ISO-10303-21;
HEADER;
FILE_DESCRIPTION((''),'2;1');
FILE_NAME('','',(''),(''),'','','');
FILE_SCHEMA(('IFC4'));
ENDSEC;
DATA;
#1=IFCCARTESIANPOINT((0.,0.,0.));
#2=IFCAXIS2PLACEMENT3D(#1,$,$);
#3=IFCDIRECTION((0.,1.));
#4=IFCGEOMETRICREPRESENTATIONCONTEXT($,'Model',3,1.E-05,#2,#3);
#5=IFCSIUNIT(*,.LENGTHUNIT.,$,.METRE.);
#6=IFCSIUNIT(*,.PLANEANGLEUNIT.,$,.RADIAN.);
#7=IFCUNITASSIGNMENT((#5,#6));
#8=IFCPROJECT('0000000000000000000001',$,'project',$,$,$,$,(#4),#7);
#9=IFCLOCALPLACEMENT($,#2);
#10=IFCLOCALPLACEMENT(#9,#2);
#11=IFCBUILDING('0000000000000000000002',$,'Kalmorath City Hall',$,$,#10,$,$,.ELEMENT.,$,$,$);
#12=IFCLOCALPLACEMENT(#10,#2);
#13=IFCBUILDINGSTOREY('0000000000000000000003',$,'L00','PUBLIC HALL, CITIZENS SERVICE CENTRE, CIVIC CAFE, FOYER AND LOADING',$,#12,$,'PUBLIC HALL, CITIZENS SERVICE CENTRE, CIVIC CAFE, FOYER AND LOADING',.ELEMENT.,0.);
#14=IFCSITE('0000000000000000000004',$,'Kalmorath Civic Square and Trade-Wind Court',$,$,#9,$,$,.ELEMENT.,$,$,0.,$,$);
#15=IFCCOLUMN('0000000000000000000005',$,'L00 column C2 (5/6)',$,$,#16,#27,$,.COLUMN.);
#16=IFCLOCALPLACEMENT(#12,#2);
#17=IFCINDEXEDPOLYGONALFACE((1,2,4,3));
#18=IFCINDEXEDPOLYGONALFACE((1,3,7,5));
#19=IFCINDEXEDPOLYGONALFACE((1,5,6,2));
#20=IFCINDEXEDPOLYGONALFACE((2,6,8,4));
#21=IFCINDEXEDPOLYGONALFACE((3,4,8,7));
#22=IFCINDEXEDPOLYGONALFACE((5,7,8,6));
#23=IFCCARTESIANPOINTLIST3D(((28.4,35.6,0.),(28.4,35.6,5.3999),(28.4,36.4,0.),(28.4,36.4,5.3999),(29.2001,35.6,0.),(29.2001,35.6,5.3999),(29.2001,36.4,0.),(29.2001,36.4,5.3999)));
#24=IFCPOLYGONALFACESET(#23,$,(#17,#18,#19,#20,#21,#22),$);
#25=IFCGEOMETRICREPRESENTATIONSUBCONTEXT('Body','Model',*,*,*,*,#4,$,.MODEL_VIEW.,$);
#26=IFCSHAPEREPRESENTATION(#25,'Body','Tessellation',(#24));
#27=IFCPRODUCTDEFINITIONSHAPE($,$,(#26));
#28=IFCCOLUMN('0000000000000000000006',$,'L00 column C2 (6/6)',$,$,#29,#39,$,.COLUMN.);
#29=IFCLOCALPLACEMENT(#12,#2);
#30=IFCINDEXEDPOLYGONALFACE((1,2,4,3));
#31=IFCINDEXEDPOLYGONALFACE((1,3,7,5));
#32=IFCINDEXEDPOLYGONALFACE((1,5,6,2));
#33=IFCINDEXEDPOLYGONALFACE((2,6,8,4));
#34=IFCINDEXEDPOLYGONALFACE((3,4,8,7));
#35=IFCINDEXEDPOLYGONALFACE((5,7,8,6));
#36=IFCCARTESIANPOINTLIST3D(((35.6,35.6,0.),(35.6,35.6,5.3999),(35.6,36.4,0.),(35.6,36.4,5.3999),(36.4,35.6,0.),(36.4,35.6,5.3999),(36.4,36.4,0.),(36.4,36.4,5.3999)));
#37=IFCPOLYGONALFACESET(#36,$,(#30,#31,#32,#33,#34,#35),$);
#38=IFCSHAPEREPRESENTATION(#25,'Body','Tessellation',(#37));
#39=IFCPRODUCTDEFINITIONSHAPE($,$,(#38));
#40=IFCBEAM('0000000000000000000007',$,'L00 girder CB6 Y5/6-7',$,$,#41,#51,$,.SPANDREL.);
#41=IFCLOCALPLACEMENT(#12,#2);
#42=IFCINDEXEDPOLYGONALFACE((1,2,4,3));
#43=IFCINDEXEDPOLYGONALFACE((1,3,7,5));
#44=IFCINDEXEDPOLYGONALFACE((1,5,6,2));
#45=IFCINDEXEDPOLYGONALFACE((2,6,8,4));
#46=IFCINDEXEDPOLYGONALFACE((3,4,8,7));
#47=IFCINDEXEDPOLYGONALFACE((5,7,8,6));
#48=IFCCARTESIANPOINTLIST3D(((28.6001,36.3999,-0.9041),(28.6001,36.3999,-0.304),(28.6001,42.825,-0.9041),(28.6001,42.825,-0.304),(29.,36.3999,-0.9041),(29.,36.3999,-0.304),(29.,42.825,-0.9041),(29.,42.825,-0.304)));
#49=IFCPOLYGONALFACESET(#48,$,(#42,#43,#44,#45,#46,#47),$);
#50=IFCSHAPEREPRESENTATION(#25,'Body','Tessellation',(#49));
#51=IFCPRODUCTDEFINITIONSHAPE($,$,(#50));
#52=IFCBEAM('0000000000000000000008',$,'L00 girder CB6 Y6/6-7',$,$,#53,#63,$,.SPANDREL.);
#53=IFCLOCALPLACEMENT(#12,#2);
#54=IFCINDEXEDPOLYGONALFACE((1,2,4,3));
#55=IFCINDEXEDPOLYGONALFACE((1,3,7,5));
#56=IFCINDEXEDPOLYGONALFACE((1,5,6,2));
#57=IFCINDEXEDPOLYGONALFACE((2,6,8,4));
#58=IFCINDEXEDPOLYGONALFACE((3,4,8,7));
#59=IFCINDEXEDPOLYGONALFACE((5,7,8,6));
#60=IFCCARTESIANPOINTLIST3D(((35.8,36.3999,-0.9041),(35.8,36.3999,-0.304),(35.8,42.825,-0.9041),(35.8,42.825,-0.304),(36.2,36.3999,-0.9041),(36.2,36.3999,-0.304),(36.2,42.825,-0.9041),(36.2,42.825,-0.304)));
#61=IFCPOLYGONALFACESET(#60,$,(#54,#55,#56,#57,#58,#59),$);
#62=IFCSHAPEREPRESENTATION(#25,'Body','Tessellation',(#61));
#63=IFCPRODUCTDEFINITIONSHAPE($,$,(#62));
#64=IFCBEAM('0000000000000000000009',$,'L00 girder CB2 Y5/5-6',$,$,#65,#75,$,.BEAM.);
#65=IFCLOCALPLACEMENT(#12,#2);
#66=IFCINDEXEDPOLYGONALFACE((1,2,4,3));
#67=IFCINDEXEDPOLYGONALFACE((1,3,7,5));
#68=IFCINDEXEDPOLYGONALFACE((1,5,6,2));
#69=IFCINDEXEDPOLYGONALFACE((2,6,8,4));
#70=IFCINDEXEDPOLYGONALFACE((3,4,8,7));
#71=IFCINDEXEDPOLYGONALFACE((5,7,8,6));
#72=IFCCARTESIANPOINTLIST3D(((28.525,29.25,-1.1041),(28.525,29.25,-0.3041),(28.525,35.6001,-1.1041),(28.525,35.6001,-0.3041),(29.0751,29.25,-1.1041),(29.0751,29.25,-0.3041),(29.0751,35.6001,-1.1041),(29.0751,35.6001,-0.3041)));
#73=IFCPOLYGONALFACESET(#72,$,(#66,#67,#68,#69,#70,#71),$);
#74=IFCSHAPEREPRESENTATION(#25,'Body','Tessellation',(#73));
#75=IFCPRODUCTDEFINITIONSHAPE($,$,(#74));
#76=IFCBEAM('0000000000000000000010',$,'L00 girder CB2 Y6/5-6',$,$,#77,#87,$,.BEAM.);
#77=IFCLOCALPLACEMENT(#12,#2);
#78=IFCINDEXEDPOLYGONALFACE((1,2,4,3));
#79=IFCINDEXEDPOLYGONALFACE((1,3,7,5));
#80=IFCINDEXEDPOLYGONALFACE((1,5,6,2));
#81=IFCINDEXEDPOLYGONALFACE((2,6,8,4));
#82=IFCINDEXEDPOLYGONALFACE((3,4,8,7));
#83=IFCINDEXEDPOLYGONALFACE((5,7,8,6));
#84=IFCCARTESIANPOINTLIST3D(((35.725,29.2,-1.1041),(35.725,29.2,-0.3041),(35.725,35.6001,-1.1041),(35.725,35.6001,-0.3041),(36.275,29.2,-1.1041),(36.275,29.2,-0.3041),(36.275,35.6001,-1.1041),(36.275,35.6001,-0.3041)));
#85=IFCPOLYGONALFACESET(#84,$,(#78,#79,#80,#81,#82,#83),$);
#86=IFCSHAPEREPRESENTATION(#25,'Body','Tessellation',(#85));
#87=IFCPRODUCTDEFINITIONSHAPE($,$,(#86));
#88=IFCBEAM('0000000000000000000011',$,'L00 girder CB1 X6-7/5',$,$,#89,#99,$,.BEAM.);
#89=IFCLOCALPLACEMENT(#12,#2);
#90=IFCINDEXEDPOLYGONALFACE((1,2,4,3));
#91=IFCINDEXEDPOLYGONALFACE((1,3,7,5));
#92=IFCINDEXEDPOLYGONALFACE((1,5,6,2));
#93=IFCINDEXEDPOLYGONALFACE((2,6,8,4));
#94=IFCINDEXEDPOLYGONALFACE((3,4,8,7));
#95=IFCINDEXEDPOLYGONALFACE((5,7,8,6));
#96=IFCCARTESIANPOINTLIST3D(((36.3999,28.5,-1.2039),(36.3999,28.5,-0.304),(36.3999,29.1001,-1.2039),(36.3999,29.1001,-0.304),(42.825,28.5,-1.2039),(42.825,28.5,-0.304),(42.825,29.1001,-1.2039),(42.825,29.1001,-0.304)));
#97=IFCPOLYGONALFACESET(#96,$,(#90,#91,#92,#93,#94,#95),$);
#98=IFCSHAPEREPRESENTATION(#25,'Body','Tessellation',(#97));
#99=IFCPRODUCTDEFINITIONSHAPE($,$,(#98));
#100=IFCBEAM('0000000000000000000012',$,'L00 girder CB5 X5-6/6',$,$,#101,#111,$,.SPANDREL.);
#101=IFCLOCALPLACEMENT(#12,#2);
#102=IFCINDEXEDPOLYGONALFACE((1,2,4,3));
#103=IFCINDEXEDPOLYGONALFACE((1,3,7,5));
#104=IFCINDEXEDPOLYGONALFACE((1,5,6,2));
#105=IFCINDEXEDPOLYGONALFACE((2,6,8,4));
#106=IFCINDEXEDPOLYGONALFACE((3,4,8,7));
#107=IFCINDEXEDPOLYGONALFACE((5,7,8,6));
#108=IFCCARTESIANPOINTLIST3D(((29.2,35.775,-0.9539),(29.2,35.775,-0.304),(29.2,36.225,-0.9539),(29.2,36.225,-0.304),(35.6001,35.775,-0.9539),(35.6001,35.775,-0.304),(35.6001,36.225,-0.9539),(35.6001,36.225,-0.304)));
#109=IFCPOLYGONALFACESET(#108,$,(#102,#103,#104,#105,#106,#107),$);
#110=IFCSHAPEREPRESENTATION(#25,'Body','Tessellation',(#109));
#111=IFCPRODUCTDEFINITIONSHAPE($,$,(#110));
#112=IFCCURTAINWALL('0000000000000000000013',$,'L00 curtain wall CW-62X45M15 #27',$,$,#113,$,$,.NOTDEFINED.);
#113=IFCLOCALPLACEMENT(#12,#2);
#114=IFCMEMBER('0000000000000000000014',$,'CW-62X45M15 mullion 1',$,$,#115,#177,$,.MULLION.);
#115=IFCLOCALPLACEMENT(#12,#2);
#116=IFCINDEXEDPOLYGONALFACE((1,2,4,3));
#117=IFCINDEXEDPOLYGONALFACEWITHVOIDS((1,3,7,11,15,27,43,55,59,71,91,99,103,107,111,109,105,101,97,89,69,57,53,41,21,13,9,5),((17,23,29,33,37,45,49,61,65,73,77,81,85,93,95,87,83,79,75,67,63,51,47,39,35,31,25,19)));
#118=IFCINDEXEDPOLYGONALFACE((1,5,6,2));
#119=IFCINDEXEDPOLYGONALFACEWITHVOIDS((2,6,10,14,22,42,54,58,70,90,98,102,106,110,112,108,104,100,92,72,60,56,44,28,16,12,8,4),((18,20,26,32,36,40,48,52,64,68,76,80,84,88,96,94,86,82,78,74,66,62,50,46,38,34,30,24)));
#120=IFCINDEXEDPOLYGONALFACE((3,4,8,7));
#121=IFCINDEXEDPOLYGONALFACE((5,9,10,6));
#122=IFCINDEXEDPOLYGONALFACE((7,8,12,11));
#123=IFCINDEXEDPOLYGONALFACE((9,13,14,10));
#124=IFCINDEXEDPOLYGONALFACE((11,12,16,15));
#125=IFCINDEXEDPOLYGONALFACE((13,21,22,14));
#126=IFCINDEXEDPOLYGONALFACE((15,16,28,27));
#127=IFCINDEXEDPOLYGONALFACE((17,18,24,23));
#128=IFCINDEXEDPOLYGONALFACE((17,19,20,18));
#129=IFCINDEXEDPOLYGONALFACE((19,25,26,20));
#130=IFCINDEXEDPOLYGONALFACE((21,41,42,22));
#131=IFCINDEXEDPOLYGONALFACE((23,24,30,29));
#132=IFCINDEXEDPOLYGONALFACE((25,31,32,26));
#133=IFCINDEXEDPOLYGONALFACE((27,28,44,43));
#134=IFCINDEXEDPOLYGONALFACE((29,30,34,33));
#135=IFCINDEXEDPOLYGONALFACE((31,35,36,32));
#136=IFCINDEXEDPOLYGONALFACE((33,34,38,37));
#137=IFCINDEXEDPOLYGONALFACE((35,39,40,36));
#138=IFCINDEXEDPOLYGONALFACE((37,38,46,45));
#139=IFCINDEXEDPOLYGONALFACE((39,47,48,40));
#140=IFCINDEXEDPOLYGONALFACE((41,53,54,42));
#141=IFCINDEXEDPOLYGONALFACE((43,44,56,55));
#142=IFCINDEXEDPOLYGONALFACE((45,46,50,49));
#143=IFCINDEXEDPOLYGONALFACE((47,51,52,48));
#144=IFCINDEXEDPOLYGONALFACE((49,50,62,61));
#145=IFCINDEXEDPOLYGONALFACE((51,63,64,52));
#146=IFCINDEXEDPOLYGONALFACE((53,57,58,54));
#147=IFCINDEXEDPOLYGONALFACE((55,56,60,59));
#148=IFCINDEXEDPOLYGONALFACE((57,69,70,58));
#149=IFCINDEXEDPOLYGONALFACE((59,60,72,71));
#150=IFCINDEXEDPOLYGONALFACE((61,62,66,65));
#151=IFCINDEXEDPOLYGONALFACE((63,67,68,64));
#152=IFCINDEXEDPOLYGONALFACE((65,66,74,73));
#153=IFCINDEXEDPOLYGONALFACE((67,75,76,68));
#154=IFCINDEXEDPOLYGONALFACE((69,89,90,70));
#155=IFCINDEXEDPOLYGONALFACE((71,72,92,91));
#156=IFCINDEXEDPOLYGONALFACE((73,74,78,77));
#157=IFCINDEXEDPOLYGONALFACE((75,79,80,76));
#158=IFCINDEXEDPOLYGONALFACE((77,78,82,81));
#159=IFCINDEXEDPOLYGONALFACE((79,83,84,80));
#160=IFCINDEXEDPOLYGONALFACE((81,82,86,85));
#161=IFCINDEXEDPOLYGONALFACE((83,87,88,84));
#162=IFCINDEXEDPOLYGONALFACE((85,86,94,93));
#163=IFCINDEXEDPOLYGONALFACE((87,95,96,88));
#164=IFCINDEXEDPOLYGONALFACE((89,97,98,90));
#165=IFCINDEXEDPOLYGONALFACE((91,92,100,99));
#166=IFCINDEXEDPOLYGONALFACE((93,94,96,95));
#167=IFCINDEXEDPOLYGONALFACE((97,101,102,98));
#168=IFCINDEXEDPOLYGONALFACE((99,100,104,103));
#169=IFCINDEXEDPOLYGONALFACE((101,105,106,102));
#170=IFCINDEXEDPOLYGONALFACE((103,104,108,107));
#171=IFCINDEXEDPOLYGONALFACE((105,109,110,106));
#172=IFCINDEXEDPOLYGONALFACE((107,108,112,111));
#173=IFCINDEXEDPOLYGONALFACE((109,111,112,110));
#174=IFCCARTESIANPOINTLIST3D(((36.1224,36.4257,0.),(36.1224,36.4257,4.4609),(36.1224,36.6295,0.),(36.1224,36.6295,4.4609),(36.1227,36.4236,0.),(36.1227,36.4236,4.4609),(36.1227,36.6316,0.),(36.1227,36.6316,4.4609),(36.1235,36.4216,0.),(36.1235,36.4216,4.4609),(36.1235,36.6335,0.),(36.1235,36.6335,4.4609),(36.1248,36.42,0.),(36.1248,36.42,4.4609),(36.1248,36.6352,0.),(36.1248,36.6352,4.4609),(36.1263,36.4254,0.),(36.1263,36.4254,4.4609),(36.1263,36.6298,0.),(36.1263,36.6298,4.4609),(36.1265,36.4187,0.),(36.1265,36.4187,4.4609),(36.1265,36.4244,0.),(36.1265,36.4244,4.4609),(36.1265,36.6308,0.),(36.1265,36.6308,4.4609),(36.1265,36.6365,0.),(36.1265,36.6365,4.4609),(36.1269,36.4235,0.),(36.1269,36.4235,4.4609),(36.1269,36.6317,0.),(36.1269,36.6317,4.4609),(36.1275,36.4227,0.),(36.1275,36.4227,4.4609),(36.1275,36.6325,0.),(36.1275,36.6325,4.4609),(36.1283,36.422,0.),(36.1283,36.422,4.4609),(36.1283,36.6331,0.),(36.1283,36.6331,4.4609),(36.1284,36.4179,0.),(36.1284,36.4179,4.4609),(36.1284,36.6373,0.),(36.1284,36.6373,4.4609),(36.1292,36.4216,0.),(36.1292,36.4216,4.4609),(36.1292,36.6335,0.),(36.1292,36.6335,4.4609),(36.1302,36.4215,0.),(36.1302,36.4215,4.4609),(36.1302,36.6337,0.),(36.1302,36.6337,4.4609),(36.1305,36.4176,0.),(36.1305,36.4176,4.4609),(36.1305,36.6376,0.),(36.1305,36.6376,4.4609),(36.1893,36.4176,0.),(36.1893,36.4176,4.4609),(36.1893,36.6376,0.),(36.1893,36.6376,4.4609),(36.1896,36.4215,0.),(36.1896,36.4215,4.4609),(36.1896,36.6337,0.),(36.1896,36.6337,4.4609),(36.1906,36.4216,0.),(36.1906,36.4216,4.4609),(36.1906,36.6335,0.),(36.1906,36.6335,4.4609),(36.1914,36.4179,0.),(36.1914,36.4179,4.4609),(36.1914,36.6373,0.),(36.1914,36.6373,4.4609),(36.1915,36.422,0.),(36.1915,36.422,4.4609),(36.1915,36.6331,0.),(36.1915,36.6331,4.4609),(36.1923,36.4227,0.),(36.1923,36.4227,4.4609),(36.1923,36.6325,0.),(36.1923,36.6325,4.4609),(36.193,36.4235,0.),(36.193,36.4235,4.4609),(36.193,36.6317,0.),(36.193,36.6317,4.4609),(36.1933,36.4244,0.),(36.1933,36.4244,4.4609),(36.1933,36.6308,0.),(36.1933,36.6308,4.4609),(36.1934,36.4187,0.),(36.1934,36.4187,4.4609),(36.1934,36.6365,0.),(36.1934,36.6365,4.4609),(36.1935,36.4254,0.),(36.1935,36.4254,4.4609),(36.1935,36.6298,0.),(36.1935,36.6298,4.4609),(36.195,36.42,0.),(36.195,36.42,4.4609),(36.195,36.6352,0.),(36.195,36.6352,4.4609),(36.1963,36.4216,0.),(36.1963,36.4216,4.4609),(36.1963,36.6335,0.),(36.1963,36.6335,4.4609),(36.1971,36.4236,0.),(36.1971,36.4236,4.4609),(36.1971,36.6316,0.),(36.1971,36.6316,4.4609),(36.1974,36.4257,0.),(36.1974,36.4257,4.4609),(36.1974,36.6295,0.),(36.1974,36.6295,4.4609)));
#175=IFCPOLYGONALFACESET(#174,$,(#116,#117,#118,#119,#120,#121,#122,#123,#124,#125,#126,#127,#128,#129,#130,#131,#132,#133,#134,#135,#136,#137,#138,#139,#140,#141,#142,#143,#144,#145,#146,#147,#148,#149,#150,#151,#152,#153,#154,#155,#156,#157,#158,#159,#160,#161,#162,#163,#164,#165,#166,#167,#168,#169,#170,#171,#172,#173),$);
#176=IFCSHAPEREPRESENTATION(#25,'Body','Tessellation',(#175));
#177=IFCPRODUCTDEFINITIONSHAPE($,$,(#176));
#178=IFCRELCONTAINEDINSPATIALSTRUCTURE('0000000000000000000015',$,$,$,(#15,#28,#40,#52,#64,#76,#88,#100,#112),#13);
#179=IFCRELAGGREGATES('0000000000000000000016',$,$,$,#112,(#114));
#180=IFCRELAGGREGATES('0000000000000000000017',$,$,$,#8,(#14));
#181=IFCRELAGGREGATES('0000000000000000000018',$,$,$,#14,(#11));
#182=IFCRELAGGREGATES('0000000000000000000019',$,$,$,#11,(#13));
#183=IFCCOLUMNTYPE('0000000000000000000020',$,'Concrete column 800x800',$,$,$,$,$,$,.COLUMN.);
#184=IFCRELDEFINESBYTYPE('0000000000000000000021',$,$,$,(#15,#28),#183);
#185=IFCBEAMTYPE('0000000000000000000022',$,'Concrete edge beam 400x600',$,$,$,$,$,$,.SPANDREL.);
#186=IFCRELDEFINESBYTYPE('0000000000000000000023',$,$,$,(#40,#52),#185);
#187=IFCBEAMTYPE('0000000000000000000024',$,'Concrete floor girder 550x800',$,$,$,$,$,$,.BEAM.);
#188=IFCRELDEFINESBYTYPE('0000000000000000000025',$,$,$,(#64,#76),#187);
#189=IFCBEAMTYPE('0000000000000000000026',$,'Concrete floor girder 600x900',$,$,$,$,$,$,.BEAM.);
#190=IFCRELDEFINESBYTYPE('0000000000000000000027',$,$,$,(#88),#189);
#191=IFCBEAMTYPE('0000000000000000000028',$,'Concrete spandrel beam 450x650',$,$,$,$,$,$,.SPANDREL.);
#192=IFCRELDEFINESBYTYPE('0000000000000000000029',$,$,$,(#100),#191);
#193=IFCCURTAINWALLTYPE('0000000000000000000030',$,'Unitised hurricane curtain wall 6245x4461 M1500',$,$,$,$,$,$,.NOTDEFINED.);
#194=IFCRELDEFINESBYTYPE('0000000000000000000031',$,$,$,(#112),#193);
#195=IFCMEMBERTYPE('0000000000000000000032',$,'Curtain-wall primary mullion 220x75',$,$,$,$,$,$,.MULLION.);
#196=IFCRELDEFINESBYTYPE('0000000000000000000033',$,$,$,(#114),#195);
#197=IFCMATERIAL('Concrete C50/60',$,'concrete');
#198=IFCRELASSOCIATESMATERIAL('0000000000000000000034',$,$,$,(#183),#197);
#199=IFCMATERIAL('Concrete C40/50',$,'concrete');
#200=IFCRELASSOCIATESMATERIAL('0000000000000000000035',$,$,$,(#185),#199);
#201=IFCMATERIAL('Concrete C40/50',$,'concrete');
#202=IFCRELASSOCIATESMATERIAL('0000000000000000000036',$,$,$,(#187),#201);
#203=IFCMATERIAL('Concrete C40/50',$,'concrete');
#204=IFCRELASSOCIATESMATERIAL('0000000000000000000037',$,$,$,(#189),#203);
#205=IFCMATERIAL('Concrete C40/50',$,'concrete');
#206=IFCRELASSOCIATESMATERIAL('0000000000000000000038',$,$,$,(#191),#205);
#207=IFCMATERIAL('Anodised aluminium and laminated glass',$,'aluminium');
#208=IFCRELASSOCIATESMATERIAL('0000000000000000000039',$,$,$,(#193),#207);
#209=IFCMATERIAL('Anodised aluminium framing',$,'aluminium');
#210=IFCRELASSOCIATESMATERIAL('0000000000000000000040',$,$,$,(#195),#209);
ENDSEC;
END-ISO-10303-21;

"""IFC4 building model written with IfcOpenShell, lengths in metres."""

from ifc_helpers import new_model, si_unit, direction, frame, origin, origin_2d, place, context, subcontext, project, spatial, rectangle, hollow_rectangle, extrude, material, material_profile, profile_set, type_object, element, aggregate, save


model = new_model("IFC4")

# Units and contexts
model_context = context("Model", 3, precision=1e-05, world=origin(), true_north=direction((0.0, 1.0)))
body_context = subcontext(model_context, "Body", "Model", "MODEL_VIEW")
ifc_project = project(units=[si_unit("LENGTHUNIT", "METRE"), si_unit("PLANEANGLEUNIT", "RADIAN")], contexts=[model_context])

# Site, building, storey
site_placement = place(None, origin())
site = spatial("IfcSite", under=ifc_project, at=site_placement, Name="Kalmorath Civic Square and Trade-Wind Court", CompositionType="ELEMENT", RefElevation=0.0)
building_placement = place(site_placement, origin())
building = spatial("IfcBuilding", under=site, at=building_placement, Name="Kalmorath City Hall", CompositionType="ELEMENT")
storey_placement = place(building_placement, origin())
storey = spatial("IfcBuildingStorey", under=building, at=storey_placement, Name="L00", Description="PUBLIC HALL, CITIZENS SERVICE CENTRE, CIVIC CAFE, FOYER AND LOADING", LongName="PUBLIC HALL, CITIZENS SERVICE CENTRE, CIVIC CAFE, FOYER AND LOADING", CompositionType="ELEMENT", Elevation=0.0)

# Columns
ifc_material_1 = material(Name="Concrete C50/60", Category="concrete")
ifc_material_profile_1 = material_profile(ifc_material_1, rectangle(XDim=0.8, YDim=0.8, at=origin_2d()), Name="RC-COL-800X800")
ifc_profile_set_1 = profile_set([ifc_material_profile_1], Name="Concrete C50/60")
column_type = type_object("IfcColumnType", Name="Concrete column 800x800", PredefinedType="COLUMN", material=ifc_profile_set_1)
for number, where, z_axis, x_axis, name in (
    (1, (28.8, 36.0, 0.0), (0.0, 0.0, 1.0), (1.0, 0.0, 0.0), "L00 column C2 (5/6)"),
    (2, (36.0, 36.0, 0.0), (0.0, 0.0, 1.0), (1.0, 0.0, 0.0), "L00 column C2 (6/6)"),
):
    element("IfcColumn", number, at=place(storey_placement, frame(where, z_axis=z_axis, x_axis=x_axis)), inside=storey, type_object=column_type, Name=name, PredefinedType="COLUMN", context=body_context, shape_type="SweptSolid", body=[
        extrude(rectangle(XDim=0.8, YDim=0.8, at=origin_2d()), origin(), (0.0, 0.0, 1.0), 5.3999),
    ])

# Beams
ifc_material_2 = material(Name="Concrete C40/50", Category="concrete")
ifc_material_profile_2 = material_profile(ifc_material_2, rectangle(XDim=0.3999, YDim=0.6001, at=origin_2d()), Name="RC-BM-400X600")
ifc_profile_set_2 = profile_set([ifc_material_profile_2], Name="Concrete C40/50")
beam_type_1 = type_object("IfcBeamType", Name="Concrete edge beam 400x600", PredefinedType="SPANDREL", material=ifc_profile_set_2)
for number, where, z_axis, x_axis, name in (
    (3, (28.8, 36.3999, -0.604), (0.0, 1.0, 0.0), (-1.0, 0.0, 0.0), "L00 girder CB6 Y5/6-7"),
    (4, (36.0, 36.3999, -0.604), (0.0, 1.0, 0.0), (-1.0, 0.0, 0.0), "L00 girder CB6 Y6/6-7"),
):
    element("IfcBeam", number, at=place(storey_placement, frame(where, z_axis=z_axis, x_axis=x_axis)), inside=storey, type_object=beam_type_1, Name=name, PredefinedType="SPANDREL", context=body_context, shape_type="SweptSolid", body=[
        extrude(rectangle(XDim=0.3999, YDim=0.6001, at=origin_2d()), origin(), (0.0, 0.0, 1.0), 6.425),
    ])
ifc_material_3 = material(Name="Concrete C40/50", Category="concrete")
ifc_material_profile_3 = material_profile(ifc_material_3, rectangle(XDim=0.55, YDim=0.8, at=origin_2d()), Name="RC-BM-550X800")
ifc_profile_set_3 = profile_set([ifc_material_profile_3], Name="Concrete C40/50")
beam_type_2 = type_object("IfcBeamType", Name="Concrete floor girder 550x800", PredefinedType="BEAM", material=ifc_profile_set_3)
beam_1_placement = place(storey_placement, frame((28.8, 29.25, -0.7041), z_axis=(0.0, 1.0, 0.0), x_axis=(-1.0, 0.0, 0.0)))
element("IfcBeam", 5, at=beam_1_placement, inside=storey, type_object=beam_type_2, Name="L00 girder CB2 Y5/5-6", PredefinedType="BEAM", context=body_context, shape_type="SweptSolid", body=[
    extrude(rectangle(XDim=0.55, YDim=0.8, at=origin_2d()), origin(), (0.0, 0.0, 1.0), 6.3501),
])
beam_2_placement = place(storey_placement, frame((36.0, 29.2, -0.7041), z_axis=(0.0, 1.0, 0.0), x_axis=(-1.0, 0.0, 0.0)))
element("IfcBeam", 6, at=beam_2_placement, inside=storey, type_object=beam_type_2, Name="L00 girder CB2 Y6/5-6", PredefinedType="BEAM", context=body_context, shape_type="SweptSolid", body=[
    extrude(rectangle(XDim=0.55, YDim=0.8, at=origin_2d()), origin(), (0.0, 0.0, 1.0), 6.4001),
])
ifc_material_4 = material(Name="Concrete C40/50", Category="concrete")
ifc_material_profile_4 = material_profile(ifc_material_4, rectangle(XDim=0.6001, YDim=0.8999, at=origin_2d()), Name="RC-BM-600X900")
ifc_profile_set_4 = profile_set([ifc_material_profile_4], Name="Concrete C40/50")
beam_type_3 = type_object("IfcBeamType", Name="Concrete floor girder 600x900", PredefinedType="BEAM", material=ifc_profile_set_4)
beam_3_placement = place(storey_placement, frame((36.3999, 28.8, -0.7539), z_axis=(1.0, 0.0, 0.0), x_axis=(0.0, 1.0, 0.0)))
element("IfcBeam", 7, at=beam_3_placement, inside=storey, type_object=beam_type_3, Name="L00 girder CB1 X6-7/5", PredefinedType="BEAM", context=body_context, shape_type="SweptSolid", body=[
    extrude(rectangle(XDim=0.6001, YDim=0.8999, at=origin_2d()), origin(), (0.0, 0.0, 1.0), 6.425),
])
ifc_material_5 = material(Name="Concrete C40/50", Category="concrete")
ifc_material_profile_5 = material_profile(ifc_material_5, rectangle(XDim=0.45, YDim=0.6499, at=origin_2d()), Name="RC-BM-450X650")
ifc_profile_set_5 = profile_set([ifc_material_profile_5], Name="Concrete C40/50")
beam_type_4 = type_object("IfcBeamType", Name="Concrete spandrel beam 450x650", PredefinedType="SPANDREL", material=ifc_profile_set_5)
beam_4_placement = place(storey_placement, frame((29.2, 36.0, -0.6289), z_axis=(1.0, 0.0, 0.0), x_axis=(0.0, 1.0, 0.0)))
element("IfcBeam", 8, at=beam_4_placement, inside=storey, type_object=beam_type_4, Name="L00 girder CB5 X5-6/6", PredefinedType="SPANDREL", context=body_context, shape_type="SweptSolid", body=[
    extrude(rectangle(XDim=0.45, YDim=0.6499, at=origin_2d()), origin(), (0.0, 0.0, 1.0), 6.4001),
])

# Curtain wall, member
ifc_material_6 = material(Name="Anodised aluminium and laminated glass", Category="aluminium")
curtain_wall_type = type_object("IfcCurtainWallType", Name="Unitised hurricane curtain wall 6245x4461 M1500", PredefinedType="NOTDEFINED", material=ifc_material_6)
curtain_wall_placement = place(storey_placement, origin())
curtain_wall = element("IfcCurtainWall", 9, at=curtain_wall_placement, inside=storey, type_object=curtain_wall_type, Name="L00 curtain wall CW-62X45M15 #27", PredefinedType="NOTDEFINED")
ifc_material_7 = material(Name="Anodised aluminium framing", Category="aluminium")
ifc_material_profile_6 = material_profile(ifc_material_7, hollow_rectangle(XDim=0.075, YDim=0.22, WallThickness=0.0039, InnerFilletRadius=0.0039, OuterFilletRadius=0.0081, at=origin_2d()), Name="ALU-MUL-220X75X4")
ifc_profile_set_6 = profile_set([ifc_material_profile_6], Name="Anodised aluminium framing")
member_type_1 = type_object("IfcMemberType", Name="Curtain-wall primary mullion 220x75", PredefinedType="MULLION", material=ifc_profile_set_6)
member_1_placement = place(storey_placement, frame((36.1599, 36.5276, 0.0), z_axis=(0.0, 0.0, 1.0), x_axis=(-1.0, 0.0, 0.0)))
member_1 = element("IfcMember", 10, at=member_1_placement, type_object=member_type_1, Name="CW-62X45M15 mullion 1", PredefinedType="MULLION", context=body_context, shape_type="SweptSolid", body=[
    extrude(hollow_rectangle(XDim=0.075, YDim=0.22, WallThickness=0.0039, InnerFilletRadius=0.0039, OuterFilletRadius=0.0081, at=origin_2d()), origin(), (0.0, 0.0, 1.0), 4.4609),
])

aggregate(curtain_wall, [member_1])

save(model, "model.ifc")
